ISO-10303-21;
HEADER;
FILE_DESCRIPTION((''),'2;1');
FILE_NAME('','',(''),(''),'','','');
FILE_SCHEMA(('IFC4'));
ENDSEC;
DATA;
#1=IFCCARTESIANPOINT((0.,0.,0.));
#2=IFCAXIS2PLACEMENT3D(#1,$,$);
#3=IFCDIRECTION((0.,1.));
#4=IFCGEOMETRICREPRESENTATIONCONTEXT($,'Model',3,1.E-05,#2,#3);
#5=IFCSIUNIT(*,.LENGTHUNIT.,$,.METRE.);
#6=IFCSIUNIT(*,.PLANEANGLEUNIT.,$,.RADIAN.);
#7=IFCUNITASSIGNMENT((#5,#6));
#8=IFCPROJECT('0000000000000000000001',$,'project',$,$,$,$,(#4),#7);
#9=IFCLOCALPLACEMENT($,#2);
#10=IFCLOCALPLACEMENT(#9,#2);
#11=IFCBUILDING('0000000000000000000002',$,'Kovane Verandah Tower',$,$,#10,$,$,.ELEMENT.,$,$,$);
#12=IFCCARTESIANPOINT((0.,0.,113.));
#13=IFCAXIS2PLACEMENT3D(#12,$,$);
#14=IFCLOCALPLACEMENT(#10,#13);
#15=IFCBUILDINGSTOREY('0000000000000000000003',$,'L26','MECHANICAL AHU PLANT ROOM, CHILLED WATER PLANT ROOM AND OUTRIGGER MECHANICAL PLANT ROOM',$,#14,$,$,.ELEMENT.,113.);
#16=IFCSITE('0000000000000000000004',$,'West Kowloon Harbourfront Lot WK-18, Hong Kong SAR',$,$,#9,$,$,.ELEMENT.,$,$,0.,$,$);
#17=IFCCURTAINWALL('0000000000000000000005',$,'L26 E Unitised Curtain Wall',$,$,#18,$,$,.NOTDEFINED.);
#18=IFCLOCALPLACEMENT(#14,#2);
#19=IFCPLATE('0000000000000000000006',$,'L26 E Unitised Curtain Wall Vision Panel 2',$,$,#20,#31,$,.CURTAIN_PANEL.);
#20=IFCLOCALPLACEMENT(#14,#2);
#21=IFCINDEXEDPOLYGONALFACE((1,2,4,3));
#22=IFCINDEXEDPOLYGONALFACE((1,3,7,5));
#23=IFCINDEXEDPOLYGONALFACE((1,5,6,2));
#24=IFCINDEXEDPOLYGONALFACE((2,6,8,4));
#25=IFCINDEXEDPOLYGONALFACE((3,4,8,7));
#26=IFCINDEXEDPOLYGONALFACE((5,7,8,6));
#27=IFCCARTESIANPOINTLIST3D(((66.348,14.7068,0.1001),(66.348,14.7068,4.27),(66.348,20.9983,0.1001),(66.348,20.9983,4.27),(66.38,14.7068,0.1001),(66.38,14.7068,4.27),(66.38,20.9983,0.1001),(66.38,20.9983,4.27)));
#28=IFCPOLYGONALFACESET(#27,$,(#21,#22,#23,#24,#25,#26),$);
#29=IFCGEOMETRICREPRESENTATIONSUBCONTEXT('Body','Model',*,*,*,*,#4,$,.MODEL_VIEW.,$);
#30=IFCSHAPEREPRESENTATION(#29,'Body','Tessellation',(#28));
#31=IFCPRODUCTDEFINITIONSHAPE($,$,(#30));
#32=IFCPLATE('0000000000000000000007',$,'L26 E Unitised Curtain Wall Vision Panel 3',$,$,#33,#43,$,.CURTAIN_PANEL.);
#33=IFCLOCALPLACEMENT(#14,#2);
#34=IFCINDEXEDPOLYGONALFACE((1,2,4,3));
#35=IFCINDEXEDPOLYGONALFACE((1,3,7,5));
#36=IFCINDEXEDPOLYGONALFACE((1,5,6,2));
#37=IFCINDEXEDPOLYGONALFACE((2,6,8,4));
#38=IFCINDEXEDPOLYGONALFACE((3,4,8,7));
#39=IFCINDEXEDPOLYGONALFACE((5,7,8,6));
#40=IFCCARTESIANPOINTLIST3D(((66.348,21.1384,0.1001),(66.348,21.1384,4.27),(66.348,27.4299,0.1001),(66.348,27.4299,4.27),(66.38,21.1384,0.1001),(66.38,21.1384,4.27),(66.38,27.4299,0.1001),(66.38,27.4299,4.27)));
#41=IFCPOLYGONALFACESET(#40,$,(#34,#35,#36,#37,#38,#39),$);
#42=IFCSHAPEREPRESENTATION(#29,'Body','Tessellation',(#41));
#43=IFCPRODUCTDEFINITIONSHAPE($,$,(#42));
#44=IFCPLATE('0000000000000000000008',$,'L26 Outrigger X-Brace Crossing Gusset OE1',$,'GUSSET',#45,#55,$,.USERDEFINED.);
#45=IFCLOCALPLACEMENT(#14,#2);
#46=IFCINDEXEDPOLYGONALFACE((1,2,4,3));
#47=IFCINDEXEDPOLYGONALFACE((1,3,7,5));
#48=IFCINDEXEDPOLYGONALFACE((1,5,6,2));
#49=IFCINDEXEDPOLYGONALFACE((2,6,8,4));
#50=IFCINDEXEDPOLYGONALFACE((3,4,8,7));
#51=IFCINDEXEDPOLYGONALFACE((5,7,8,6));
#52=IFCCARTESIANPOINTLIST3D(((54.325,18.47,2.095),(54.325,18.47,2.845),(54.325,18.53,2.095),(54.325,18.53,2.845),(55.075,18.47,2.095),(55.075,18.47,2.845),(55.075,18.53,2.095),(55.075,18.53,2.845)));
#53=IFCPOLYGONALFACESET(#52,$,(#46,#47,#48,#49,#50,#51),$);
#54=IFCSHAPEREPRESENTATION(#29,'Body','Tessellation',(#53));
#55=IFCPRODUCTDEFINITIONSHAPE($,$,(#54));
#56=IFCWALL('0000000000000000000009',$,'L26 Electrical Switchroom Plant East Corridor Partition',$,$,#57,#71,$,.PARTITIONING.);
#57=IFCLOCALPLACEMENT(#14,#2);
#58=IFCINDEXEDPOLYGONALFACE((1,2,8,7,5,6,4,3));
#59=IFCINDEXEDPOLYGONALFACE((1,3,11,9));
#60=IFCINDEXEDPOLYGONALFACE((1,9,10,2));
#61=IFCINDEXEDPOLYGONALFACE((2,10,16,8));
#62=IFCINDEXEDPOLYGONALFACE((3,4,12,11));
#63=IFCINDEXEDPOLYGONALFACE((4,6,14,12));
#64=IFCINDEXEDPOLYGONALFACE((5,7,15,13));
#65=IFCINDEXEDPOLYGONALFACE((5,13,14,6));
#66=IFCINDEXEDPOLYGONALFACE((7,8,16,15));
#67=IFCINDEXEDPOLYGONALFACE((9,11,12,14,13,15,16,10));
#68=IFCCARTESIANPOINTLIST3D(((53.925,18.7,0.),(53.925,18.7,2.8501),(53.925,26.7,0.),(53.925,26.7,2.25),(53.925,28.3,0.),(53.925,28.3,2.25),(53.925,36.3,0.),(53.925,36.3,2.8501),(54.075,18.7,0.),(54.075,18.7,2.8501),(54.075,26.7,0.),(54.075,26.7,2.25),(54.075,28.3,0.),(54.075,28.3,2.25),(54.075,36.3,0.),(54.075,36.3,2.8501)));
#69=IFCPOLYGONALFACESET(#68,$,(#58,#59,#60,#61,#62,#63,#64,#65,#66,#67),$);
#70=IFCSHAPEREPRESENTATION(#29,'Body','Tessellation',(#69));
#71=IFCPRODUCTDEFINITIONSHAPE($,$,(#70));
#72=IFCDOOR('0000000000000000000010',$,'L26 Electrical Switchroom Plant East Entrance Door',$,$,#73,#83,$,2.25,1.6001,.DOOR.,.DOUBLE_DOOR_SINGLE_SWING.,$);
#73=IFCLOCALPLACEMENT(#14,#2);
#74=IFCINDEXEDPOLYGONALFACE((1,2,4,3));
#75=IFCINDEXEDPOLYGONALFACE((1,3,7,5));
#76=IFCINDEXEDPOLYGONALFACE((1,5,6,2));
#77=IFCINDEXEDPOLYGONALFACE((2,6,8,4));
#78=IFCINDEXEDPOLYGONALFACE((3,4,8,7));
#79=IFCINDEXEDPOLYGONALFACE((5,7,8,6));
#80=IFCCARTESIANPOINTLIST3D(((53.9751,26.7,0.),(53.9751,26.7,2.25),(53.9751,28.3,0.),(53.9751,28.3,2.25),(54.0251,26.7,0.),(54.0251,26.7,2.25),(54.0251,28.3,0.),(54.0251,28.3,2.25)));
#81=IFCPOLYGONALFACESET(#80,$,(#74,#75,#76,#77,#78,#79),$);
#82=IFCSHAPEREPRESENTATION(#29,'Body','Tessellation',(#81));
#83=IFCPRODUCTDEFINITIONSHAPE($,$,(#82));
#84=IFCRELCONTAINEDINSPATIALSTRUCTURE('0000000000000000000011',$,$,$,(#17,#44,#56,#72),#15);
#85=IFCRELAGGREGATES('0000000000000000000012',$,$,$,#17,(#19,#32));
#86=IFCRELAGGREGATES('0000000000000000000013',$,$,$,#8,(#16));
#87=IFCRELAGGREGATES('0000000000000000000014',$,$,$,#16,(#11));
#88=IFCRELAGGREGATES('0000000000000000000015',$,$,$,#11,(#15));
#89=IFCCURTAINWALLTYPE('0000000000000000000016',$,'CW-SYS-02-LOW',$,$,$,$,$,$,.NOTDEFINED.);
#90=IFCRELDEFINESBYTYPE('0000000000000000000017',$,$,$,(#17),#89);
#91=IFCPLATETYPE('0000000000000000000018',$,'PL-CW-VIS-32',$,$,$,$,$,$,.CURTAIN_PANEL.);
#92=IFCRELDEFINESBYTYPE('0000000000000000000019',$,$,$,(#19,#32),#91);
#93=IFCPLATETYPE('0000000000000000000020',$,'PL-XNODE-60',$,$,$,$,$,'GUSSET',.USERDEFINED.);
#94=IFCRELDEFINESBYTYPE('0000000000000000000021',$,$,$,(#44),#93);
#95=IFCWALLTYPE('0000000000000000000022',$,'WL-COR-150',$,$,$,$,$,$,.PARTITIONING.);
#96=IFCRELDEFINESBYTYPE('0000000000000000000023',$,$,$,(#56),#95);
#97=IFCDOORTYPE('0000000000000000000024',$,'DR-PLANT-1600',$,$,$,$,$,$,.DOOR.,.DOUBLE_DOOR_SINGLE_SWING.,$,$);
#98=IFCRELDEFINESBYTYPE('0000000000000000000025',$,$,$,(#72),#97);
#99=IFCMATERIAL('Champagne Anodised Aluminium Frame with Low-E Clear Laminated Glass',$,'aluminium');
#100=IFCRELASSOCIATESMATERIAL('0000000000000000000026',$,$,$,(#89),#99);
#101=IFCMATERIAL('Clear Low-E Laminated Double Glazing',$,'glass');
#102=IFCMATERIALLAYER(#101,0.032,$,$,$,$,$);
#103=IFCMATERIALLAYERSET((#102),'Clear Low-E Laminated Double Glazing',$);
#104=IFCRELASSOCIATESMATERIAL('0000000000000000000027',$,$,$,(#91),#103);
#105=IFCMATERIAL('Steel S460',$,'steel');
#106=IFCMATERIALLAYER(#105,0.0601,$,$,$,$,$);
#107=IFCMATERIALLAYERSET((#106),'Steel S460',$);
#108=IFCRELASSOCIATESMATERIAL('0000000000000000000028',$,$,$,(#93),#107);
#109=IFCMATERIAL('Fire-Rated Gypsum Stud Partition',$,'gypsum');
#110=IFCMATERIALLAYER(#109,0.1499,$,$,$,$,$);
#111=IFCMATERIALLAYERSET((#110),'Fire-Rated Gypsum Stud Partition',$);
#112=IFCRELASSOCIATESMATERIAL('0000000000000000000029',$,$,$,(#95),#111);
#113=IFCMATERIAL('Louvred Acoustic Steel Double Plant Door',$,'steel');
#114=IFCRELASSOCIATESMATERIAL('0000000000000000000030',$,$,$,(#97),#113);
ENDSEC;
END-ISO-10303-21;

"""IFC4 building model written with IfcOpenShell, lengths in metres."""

from ifc_helpers import new_model, si_unit, direction, frame, frame_2d, origin, origin_2d, place, context, subcontext, project, spatial, rectangle, extrude, material, layer, layer_set, type_object, element, fill, aggregate, save


model = new_model("IFC4")

# Units and contexts
model_context = context("Model", 3, precision=1e-05, world=origin(), true_north=direction((0.0, 1.0)))
body_context = subcontext(model_context, "Body", "Model", "MODEL_VIEW")
ifc_project = project(units=[si_unit("LENGTHUNIT", "METRE"), si_unit("PLANEANGLEUNIT", "RADIAN")], contexts=[model_context])

# Site, building, storey
site_placement = place(None, origin())
site = spatial("IfcSite", under=ifc_project, at=site_placement, Name="West Kowloon Harbourfront Lot WK-18, Hong Kong SAR", CompositionType="ELEMENT", RefElevation=0.0)
building_placement = place(site_placement, origin())
building = spatial("IfcBuilding", under=site, at=building_placement, Name="Kovane Verandah Tower", CompositionType="ELEMENT")
storey_placement = place(building_placement, frame((0.0, 0.0, 113.0)))
storey = spatial("IfcBuildingStorey", under=building, at=storey_placement, Name="L26", Description="MECHANICAL AHU PLANT ROOM, CHILLED WATER PLANT ROOM AND OUTRIGGER MECHANICAL PLANT ROOM", CompositionType="ELEMENT", Elevation=113.0)

# Shared definitions
ifc_material_1 = material(Name="Steel S460", Category="steel")

# Curtain wall
ifc_material_2 = material(Name="Champagne Anodised Aluminium Frame with Low-E Clear Laminated Glass", Category="aluminium")
curtain_wall_type = type_object("IfcCurtainWallType", Name="CW-SYS-02-LOW", PredefinedType="NOTDEFINED", material=ifc_material_2)
curtain_wall_placement = place(storey_placement, origin())
curtain_wall = element("IfcCurtainWall", 1, at=curtain_wall_placement, inside=storey, type_object=curtain_wall_type, Name="L26 E Unitised Curtain Wall", PredefinedType="NOTDEFINED")

# Plates
ifc_material_3 = material(Name="Clear Low-E Laminated Double Glazing", Category="glass")
ifc_layer_1 = layer(ifc_material_3, 0.032)
ifc_layer_set_1 = layer_set([ifc_layer_1], Name="Clear Low-E Laminated Double Glazing")
plate_type_1 = type_object("IfcPlateType", Name="PL-CW-VIS-32", PredefinedType="CURTAIN_PANEL", material=ifc_layer_set_1)
plate_1_placement = place(storey_placement, frame((66.364, 17.8525, 0.1001), z_axis=(0.0, 0.0, 1.0), x_axis=(0.0, 1.0, 0.0)))
plate_1 = element("IfcPlate", 2, at=plate_1_placement, type_object=plate_type_1, Name="L26 E Unitised Curtain Wall Vision Panel 2", PredefinedType="CURTAIN_PANEL", context=body_context, shape_type="SweptSolid", body=[
    extrude(rectangle(XDim=6.2915, YDim=0.032, at=origin_2d()), origin(), (0.0, 0.0, 1.0), 4.1699),
])
plate_2_placement = place(storey_placement, frame((66.364, 24.2842, 0.1001), z_axis=(0.0, 0.0, 1.0), x_axis=(0.0, 1.0, 0.0)))
plate_2 = element("IfcPlate", 3, at=plate_2_placement, type_object=plate_type_1, Name="L26 E Unitised Curtain Wall Vision Panel 3", PredefinedType="CURTAIN_PANEL", context=body_context, shape_type="SweptSolid", body=[
    extrude(rectangle(XDim=6.2915, YDim=0.032, at=origin_2d()), origin(), (0.0, 0.0, 1.0), 4.1699),
])
aggregate(curtain_wall, [plate_1, plate_2])
ifc_layer_2 = layer(ifc_material_1, 0.0601)
ifc_layer_set_2 = layer_set([ifc_layer_2], Name="Steel S460")
plate_type_2 = type_object("IfcPlateType", Name="PL-XNODE-60", ElementType="GUSSET", PredefinedType="USERDEFINED", material=ifc_layer_set_2)
plate_3_placement = place(storey_placement, frame((54.7, 18.5, 2.095), z_axis=(0.0, 0.0, 1.0), x_axis=(1.0, 0.0, 0.0)))
element("IfcPlate", 4, at=plate_3_placement, inside=storey, type_object=plate_type_2, Name="L26 Outrigger X-Brace Crossing Gusset OE1", ObjectType="GUSSET", PredefinedType="USERDEFINED", context=body_context, shape_type="SweptSolid", body=[
    extrude(rectangle(XDim=0.75, YDim=0.0601, at=origin_2d()), origin(), (0.0, 0.0, 1.0), 0.75),
])

# Wall, opening, door
ifc_material_4 = material(Name="Fire-Rated Gypsum Stud Partition", Category="gypsum")
ifc_layer_3 = layer(ifc_material_4, 0.1499)
ifc_layer_set_3 = layer_set([ifc_layer_3], Name="Fire-Rated Gypsum Stud Partition")
wall_type = type_object("IfcWallType", Name="WL-COR-150", PredefinedType="PARTITIONING", material=ifc_layer_set_3)
wall_placement = place(storey_placement, frame((54.0, 18.7, 0.0), z_axis=(0.0, 0.0, 1.0), x_axis=(0.0, 1.0, 0.0)))
wall = element("IfcWall", 5, at=wall_placement, inside=storey, type_object=wall_type, Name="L26 Electrical Switchroom Plant East Corridor Partition", PredefinedType="PARTITIONING", context=body_context, shape_type="SweptSolid", body=[
    extrude(rectangle(XDim=17.6001, YDim=0.1499, at=frame_2d((8.8, 0.0))), origin(), (0.0, 0.0, 1.0), 2.8501),
])
opening_placement = place(wall_placement, frame((8.0, 0.0, 0.0)))
opening = element("IfcOpeningElement", 6, at=opening_placement, cuts=wall, PredefinedType="OPENING", context=body_context, shape_type="SweptSolid", body=[
    extrude(rectangle(XDim=1.6001, YDim=2.25, at=frame_2d((0.8, 1.125))), frame((0.0, 0.075, 0.0), z_axis=(0.0, -1.0, 0.0), x_axis=(1.0, 0.0, 0.0)), (0.0, 0.0, 1.0), 0.1499),
])
ifc_material_5 = material(Name="Louvred Acoustic Steel Double Plant Door", Category="steel")
door_type = type_object("IfcDoorType", Name="DR-PLANT-1600", OperationType="DOUBLE_DOOR_SINGLE_SWING", PredefinedType="DOOR", material=ifc_material_5)
door_placement = place(opening_placement, origin())
door = element("IfcDoor", 7, at=door_placement, inside=storey, type_object=door_type, Name="L26 Electrical Switchroom Plant East Entrance Door", OperationType="DOUBLE_DOOR_SINGLE_SWING", OverallHeight=2.25, OverallWidth=1.6001, PredefinedType="DOOR", context=body_context, shape_type="SweptSolid", body=[
    extrude(rectangle(XDim=1.6001, YDim=2.25, at=frame_2d((0.8, 1.125))), frame((0.0, 0.0249, 0.0), z_axis=(0.0, -1.0, 0.0), x_axis=(1.0, 0.0, 0.0)), (0.0, 0.0, 1.0), 0.05),
])
fill(opening, door)

save(model, "model.ifc")
